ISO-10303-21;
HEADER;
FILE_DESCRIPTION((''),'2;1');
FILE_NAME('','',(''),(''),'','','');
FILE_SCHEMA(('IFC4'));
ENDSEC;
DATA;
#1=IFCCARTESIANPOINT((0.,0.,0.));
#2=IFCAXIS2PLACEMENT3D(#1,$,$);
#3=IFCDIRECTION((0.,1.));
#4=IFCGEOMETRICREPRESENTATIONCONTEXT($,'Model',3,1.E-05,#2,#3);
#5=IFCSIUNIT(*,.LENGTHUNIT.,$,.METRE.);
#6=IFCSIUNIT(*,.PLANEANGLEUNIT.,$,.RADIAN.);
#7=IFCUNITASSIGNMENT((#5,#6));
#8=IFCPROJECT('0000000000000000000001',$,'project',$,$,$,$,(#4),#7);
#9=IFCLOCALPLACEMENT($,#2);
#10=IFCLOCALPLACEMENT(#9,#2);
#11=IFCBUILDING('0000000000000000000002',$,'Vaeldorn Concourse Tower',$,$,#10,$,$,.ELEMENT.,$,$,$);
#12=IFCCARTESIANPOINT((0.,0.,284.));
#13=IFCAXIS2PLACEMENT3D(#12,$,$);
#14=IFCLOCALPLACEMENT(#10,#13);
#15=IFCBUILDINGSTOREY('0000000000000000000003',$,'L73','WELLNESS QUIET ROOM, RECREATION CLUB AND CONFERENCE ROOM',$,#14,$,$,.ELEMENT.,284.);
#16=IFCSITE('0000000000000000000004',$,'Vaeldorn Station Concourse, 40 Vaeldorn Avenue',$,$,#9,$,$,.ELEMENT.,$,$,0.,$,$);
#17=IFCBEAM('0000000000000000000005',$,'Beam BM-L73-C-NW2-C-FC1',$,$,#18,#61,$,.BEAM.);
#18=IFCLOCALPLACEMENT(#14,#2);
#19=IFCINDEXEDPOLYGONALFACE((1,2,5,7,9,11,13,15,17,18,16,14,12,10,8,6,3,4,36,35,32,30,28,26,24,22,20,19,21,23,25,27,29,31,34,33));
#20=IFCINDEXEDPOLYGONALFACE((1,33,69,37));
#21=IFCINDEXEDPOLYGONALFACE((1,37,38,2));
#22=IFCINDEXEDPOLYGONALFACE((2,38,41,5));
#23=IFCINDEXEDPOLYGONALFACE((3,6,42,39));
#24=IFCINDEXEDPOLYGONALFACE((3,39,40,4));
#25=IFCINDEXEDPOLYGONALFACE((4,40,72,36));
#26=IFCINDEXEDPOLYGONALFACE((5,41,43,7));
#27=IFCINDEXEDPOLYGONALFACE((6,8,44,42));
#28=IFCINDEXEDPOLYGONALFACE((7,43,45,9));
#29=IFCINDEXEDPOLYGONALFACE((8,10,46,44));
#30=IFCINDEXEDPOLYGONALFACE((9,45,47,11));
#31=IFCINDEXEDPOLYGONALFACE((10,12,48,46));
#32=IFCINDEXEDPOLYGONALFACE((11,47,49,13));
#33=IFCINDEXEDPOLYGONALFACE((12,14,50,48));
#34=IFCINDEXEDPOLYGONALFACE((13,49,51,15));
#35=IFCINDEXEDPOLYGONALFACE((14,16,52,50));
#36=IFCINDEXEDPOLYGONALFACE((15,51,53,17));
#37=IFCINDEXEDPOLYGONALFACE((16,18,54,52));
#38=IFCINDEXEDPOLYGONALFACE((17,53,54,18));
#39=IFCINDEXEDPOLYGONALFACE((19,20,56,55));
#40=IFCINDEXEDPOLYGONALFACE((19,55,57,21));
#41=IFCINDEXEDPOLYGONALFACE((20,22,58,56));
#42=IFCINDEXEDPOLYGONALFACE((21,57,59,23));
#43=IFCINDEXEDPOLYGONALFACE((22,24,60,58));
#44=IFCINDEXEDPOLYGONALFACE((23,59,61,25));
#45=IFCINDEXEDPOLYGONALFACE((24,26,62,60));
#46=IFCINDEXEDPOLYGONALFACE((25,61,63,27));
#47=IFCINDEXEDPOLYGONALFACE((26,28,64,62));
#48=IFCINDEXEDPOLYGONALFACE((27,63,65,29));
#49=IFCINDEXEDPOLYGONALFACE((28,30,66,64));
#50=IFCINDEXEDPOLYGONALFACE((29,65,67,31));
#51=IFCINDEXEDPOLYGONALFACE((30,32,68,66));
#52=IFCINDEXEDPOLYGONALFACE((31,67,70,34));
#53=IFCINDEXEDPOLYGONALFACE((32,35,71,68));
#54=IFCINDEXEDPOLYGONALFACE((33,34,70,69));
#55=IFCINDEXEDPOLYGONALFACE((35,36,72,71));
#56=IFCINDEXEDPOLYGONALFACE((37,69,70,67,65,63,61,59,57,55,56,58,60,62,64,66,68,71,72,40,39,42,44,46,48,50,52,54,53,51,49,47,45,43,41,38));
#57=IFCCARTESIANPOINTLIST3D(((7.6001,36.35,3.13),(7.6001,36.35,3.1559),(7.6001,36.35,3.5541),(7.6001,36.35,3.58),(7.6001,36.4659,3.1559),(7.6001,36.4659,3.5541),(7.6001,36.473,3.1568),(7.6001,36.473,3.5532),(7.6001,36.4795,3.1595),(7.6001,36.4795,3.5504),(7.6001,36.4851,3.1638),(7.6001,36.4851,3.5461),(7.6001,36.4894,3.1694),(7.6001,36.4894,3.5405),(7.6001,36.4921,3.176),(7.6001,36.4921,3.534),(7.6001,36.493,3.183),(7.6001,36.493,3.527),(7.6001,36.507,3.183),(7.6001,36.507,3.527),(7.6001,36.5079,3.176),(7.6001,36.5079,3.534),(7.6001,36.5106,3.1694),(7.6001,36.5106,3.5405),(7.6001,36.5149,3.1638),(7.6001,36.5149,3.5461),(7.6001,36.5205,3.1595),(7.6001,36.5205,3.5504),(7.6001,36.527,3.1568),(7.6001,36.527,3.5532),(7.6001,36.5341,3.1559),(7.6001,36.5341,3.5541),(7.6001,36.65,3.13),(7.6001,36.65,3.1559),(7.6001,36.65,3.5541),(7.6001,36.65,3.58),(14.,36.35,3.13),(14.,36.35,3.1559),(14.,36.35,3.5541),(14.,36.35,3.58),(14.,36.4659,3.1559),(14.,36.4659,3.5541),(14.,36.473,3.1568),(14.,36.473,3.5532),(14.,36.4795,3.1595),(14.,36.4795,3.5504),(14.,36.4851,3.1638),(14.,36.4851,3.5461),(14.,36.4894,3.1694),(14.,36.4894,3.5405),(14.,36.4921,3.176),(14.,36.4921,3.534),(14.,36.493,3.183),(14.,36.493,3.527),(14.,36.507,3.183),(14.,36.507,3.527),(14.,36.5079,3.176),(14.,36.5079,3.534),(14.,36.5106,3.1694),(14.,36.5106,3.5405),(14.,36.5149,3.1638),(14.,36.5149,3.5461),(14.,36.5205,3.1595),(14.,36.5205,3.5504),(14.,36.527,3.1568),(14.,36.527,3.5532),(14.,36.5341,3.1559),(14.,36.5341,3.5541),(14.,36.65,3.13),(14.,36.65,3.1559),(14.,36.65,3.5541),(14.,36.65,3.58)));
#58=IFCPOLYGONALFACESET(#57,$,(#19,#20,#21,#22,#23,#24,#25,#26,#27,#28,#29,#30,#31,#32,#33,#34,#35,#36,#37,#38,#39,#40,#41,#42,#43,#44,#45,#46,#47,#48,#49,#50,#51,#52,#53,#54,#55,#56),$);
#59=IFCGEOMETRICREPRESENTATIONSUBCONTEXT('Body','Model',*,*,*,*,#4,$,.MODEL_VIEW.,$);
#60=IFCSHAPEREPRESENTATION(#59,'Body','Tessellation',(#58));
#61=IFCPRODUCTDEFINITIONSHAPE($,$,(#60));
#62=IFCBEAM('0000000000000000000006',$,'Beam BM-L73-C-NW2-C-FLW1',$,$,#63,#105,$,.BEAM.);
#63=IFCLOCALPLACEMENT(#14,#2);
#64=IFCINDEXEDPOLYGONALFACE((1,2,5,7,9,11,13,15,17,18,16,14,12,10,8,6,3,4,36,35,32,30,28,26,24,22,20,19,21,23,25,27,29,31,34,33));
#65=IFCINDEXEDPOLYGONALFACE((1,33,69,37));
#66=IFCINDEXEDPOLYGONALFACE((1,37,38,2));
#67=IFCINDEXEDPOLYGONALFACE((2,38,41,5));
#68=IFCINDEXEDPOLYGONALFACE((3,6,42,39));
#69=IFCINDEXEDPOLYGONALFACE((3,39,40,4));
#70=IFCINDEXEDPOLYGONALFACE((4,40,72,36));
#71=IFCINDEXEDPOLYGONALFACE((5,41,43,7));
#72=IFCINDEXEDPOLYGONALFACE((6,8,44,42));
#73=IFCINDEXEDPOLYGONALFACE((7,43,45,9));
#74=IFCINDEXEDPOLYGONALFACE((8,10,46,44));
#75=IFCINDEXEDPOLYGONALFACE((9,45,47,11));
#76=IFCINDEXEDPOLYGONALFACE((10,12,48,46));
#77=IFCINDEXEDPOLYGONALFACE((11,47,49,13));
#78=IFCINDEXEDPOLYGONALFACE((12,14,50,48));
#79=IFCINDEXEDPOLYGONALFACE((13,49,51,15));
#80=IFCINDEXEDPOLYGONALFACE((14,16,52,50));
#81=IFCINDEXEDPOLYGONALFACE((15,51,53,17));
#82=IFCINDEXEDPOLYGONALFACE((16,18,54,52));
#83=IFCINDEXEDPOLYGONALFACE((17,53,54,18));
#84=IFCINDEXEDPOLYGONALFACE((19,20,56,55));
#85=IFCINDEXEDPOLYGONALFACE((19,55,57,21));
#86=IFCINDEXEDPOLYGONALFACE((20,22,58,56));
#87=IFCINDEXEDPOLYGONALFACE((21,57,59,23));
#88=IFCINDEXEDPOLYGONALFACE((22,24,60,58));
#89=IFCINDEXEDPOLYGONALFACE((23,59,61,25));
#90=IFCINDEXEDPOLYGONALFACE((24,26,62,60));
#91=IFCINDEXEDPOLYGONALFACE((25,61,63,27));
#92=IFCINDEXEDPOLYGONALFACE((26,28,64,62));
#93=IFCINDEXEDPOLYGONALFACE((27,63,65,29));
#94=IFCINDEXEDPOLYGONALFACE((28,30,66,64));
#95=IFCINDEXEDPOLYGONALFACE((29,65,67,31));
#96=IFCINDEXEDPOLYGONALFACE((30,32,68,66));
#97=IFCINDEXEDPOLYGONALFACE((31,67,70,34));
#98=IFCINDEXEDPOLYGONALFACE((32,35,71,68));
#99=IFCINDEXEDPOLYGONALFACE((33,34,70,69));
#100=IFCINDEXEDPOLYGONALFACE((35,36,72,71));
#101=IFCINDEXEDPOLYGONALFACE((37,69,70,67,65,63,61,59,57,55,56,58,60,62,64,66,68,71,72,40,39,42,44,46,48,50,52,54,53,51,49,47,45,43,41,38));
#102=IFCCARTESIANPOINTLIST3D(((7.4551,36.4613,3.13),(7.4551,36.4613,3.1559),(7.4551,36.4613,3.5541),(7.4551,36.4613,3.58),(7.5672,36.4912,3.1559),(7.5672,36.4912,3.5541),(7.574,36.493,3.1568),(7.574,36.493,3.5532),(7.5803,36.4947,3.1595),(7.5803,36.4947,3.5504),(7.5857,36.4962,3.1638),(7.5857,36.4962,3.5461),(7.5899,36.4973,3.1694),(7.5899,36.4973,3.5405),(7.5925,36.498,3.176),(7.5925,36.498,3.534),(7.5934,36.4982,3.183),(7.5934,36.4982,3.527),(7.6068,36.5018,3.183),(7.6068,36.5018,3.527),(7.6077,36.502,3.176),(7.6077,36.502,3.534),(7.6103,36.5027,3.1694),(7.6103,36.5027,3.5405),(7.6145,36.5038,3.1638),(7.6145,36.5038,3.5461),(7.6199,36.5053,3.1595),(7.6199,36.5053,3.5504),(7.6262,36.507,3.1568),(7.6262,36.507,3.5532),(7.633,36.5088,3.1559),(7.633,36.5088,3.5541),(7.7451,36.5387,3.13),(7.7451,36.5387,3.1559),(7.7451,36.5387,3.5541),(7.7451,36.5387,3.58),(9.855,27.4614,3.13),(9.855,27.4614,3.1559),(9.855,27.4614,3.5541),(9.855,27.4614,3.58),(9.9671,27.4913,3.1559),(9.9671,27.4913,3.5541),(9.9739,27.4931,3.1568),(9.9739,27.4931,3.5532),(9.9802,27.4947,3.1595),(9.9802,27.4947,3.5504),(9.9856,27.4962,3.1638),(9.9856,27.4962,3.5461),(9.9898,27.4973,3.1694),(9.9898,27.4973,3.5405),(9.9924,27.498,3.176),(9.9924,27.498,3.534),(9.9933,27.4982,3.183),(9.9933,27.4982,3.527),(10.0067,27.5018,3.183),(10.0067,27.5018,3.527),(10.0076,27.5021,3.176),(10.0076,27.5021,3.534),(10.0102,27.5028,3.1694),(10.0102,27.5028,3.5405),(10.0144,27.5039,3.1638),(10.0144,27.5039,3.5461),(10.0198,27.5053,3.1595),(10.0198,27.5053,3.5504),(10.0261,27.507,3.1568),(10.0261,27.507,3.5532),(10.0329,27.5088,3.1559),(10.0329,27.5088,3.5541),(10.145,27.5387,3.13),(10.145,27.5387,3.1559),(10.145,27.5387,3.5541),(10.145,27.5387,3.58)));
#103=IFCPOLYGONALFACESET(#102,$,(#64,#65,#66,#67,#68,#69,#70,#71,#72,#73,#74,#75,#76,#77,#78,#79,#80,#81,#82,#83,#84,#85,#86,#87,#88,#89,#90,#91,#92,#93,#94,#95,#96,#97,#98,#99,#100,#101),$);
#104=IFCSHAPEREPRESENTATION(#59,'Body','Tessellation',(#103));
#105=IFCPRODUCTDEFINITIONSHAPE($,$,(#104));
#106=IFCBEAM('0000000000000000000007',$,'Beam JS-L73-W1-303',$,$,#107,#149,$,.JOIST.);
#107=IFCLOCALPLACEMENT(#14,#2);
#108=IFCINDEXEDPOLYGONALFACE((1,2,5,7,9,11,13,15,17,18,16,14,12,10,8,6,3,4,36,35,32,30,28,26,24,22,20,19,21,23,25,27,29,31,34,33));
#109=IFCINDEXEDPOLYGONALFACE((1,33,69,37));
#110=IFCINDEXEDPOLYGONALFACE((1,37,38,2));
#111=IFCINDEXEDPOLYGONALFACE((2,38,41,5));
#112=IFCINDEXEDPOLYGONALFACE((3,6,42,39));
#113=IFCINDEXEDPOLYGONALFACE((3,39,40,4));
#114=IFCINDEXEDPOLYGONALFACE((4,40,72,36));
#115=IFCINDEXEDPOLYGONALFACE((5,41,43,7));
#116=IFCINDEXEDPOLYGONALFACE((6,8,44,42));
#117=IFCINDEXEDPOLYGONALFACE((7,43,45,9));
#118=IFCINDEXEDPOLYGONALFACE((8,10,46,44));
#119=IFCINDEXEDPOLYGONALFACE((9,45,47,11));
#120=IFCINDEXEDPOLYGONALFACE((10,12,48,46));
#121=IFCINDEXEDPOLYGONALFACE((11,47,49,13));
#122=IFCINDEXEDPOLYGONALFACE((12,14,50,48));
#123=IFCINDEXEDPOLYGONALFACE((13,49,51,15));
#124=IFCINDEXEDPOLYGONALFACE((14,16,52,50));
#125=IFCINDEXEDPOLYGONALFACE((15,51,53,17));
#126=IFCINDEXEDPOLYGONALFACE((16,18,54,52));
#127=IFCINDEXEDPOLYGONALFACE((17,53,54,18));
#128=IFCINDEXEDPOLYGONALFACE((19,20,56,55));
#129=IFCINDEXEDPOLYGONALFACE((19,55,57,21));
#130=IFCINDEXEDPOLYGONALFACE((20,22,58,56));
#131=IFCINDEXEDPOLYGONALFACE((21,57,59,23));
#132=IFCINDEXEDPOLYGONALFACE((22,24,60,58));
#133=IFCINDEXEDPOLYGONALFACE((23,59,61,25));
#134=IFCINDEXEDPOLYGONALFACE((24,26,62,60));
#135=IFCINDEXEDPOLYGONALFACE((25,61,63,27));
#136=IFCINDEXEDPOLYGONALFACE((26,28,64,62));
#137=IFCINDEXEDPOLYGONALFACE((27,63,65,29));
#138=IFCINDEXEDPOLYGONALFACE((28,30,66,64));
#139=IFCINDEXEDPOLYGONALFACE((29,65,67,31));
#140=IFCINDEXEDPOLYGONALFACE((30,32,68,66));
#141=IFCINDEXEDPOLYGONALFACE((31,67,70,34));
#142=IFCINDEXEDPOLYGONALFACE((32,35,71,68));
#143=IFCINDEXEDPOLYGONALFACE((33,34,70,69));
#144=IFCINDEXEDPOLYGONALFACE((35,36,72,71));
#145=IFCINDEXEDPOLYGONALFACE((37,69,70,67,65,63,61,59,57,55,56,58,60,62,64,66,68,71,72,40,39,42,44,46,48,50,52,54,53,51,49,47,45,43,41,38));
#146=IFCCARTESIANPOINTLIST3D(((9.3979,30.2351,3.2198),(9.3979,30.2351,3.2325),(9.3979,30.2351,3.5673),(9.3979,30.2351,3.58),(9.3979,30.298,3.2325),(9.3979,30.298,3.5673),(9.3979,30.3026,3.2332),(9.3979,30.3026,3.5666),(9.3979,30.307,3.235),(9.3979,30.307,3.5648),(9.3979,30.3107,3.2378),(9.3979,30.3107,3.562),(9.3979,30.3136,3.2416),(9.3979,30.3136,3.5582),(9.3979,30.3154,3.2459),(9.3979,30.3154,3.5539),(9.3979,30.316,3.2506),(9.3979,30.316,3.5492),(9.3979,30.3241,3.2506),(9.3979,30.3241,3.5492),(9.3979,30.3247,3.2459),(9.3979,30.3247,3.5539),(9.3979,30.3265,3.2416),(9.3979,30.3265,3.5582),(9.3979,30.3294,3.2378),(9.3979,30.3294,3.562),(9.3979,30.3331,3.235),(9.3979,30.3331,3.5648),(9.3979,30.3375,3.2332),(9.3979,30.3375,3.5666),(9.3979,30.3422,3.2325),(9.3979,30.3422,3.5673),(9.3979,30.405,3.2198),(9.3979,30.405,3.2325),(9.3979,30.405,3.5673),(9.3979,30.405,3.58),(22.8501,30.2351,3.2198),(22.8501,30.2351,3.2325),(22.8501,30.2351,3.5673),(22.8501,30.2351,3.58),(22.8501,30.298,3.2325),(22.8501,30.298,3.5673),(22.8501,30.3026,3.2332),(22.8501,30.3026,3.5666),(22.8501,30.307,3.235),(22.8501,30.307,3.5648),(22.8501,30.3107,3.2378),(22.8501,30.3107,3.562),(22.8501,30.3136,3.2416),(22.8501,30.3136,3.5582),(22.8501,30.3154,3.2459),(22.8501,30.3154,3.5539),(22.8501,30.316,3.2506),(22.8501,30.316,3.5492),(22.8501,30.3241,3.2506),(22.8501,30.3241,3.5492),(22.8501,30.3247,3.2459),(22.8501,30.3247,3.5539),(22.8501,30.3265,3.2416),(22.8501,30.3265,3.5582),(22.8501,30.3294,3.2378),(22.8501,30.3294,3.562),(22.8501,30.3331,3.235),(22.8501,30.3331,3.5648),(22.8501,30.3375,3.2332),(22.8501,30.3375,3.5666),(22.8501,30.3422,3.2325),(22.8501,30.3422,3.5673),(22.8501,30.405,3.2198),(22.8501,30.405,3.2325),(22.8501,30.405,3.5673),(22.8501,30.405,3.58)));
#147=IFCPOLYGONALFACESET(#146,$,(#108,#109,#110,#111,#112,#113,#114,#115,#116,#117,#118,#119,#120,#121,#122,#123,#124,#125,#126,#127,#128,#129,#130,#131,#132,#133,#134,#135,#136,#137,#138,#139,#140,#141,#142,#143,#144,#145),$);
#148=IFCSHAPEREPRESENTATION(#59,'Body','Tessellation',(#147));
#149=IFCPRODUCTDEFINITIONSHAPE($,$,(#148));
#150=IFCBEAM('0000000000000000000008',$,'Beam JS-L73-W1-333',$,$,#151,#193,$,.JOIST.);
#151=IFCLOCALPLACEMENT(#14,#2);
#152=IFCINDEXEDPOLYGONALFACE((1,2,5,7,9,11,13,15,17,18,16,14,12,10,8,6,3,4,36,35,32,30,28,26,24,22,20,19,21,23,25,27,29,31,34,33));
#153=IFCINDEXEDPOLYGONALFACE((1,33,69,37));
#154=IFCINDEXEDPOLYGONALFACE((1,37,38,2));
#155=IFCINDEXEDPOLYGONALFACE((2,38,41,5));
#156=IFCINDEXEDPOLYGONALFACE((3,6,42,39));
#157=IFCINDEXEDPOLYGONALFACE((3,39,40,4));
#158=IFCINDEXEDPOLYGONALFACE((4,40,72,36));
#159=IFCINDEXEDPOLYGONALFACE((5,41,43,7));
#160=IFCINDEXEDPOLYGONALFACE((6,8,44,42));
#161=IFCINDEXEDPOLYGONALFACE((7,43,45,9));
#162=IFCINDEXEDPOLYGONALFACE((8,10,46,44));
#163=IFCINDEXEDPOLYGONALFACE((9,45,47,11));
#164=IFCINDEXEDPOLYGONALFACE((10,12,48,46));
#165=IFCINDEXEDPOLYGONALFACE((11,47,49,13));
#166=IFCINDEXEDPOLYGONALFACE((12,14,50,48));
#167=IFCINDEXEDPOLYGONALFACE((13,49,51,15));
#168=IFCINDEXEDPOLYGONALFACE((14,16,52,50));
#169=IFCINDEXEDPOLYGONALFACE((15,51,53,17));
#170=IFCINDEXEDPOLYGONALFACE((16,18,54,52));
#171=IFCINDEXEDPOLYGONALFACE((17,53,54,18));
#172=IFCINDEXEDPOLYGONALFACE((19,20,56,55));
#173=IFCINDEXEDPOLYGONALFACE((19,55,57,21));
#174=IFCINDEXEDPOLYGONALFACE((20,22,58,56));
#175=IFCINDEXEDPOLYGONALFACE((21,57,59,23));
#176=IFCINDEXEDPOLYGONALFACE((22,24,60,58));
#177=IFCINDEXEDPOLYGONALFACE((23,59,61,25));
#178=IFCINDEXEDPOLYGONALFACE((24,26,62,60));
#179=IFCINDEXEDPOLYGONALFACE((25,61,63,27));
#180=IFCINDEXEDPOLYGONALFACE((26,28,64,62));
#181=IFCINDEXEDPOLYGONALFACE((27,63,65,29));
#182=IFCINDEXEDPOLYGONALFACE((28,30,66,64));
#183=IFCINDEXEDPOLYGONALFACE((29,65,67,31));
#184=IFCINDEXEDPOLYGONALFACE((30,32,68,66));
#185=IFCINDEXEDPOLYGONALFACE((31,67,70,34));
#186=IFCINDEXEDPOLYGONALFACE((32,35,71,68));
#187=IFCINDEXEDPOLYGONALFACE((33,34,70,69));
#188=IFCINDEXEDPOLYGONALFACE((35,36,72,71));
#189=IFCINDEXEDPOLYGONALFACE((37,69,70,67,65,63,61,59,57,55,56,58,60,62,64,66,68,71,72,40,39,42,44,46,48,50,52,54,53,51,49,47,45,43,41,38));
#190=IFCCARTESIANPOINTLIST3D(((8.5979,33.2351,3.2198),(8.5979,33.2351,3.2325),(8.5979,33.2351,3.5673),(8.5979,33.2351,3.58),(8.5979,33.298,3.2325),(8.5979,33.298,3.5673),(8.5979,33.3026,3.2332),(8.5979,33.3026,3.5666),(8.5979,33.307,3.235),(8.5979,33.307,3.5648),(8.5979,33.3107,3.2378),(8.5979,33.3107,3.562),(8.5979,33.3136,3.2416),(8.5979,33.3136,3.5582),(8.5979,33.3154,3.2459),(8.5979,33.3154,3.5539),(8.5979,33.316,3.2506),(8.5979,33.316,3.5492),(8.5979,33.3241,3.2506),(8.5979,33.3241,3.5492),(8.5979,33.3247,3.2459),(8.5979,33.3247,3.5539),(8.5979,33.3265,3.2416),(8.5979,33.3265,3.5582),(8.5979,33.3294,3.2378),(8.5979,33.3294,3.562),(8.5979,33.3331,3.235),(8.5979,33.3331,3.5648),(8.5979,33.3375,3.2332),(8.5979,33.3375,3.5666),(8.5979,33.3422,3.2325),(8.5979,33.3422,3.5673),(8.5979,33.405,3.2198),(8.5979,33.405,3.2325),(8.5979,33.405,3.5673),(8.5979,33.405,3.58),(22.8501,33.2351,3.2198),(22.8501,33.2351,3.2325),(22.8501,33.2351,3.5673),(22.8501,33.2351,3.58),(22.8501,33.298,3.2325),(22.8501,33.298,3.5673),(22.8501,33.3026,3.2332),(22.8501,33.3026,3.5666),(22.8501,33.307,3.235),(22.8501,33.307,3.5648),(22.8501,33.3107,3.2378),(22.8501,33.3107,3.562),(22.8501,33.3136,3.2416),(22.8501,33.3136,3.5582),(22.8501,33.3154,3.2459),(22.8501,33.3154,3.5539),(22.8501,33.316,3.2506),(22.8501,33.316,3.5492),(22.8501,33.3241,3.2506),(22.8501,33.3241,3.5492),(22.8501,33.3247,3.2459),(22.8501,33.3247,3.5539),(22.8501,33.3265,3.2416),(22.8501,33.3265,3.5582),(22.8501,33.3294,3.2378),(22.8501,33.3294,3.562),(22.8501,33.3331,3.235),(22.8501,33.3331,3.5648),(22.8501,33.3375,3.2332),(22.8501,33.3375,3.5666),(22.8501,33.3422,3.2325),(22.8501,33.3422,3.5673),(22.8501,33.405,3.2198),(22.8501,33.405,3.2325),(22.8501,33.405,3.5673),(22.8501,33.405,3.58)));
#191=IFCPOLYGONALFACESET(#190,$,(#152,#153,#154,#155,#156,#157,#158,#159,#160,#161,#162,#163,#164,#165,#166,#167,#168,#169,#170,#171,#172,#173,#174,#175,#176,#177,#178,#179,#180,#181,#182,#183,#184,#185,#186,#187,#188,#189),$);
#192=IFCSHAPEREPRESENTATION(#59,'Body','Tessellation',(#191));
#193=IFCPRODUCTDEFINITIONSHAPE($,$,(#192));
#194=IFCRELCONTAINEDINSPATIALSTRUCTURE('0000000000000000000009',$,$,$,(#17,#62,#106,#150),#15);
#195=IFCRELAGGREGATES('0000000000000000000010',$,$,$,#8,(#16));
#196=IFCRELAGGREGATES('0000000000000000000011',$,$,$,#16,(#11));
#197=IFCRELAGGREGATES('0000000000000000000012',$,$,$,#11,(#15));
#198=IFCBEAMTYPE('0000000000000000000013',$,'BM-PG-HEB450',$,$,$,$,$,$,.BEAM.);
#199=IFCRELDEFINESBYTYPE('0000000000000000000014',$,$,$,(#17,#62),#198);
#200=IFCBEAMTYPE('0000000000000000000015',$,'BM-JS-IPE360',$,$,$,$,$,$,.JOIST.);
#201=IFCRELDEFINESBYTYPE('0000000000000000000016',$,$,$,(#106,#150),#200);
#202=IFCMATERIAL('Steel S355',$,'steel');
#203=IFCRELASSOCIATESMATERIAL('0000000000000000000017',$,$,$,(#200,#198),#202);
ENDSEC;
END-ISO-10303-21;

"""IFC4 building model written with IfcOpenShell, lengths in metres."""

from ifc_helpers import new_model, si_unit, direction, frame, origin, origin_2d, place, context, subcontext, project, spatial, i_section, extrude, source, transform, mapped, material, material_profile, profile_set, type_object, element, save


model = new_model("IFC4")

# Units and contexts
model_context = context("Model", 3, precision=1e-05, world=origin(), true_north=direction((0.0, 1.0)))
body_context = subcontext(model_context, "Body", "Model", "MODEL_VIEW")
ifc_project = project(units=[si_unit("LENGTHUNIT", "METRE"), si_unit("PLANEANGLEUNIT", "RADIAN")], contexts=[model_context])

# Site, building, storey
site_placement = place(None, origin())
site = spatial("IfcSite", under=ifc_project, at=site_placement, Name="Vaeldorn Station Concourse, 40 Vaeldorn Avenue", CompositionType="ELEMENT", RefElevation=0.0)
building_placement = place(site_placement, origin())
building = spatial("IfcBuilding", under=site, at=building_placement, Name="Vaeldorn Concourse Tower", CompositionType="ELEMENT")
storey_placement = place(building_placement, frame((0.0, 0.0, 284.0)))
storey = spatial("IfcBuildingStorey", under=building, at=storey_placement, Name="L73", Description="WELLNESS QUIET ROOM, RECREATION CLUB AND CONFERENCE ROOM", CompositionType="ELEMENT", Elevation=284.0)

# Shared definitions
ifc_material_1 = material(Name="Steel S355", Category="steel")

# Beams
ifc_material_profile_1 = material_profile(ifc_material_1, i_section(OverallWidth=0.1699, OverallDepth=0.3601, WebThickness=0.0081, FlangeThickness=0.0127, FilletRadius=0.0181, at=origin_2d()), Name="IPE 360")
ifc_profile_set_1 = profile_set([ifc_material_profile_1], Name="Steel S355")
beam_type_1 = type_object("IfcBeamType", Name="BM-JS-IPE360", PredefinedType="JOIST", material=ifc_profile_set_1)
ifc_material_profile_2 = material_profile(ifc_material_1, i_section(OverallWidth=0.3, OverallDepth=0.45, WebThickness=0.0139, FlangeThickness=0.0259, FilletRadius=0.0271, at=origin_2d()), Name="HEB 450")
ifc_profile_set_2 = profile_set([ifc_material_profile_2], Name="Steel S355")
beam_type_2 = type_object("IfcBeamType", Name="BM-PG-HEB450", PredefinedType="BEAM", material=ifc_profile_set_2)
shared_shape_1 = source(origin(), body_context, "Body", "SweptSolid", [
    extrude(i_section(OverallWidth=0.3, OverallDepth=0.45, WebThickness=0.0139, FlangeThickness=0.0259, FilletRadius=0.0271, at=origin_2d()), origin(), (0.0, 0.0, 1.0), 6.3999),
])
beam_1_placement = place(storey_placement, frame((7.6001, 36.5, 3.355), z_axis=(1.0, 0.0, 0.0), x_axis=(0.0, 1.0, 0.0)))
element("IfcBeam", 1, at=beam_1_placement, inside=storey, type_object=beam_type_2, Name="Beam BM-L73-C-NW2-C-FC1", PredefinedType="BEAM", context=body_context, shape_type="MappedRepresentation", body=[
    mapped(shared_shape_1, transform((0.0, 0.0, 0.0), scale=1.0)),
])
shared_shape_2 = source(origin(), body_context, "Body", "SweptSolid", [
    extrude(i_section(OverallWidth=0.3, OverallDepth=0.45, WebThickness=0.0139, FlangeThickness=0.0259, FilletRadius=0.0271, at=origin_2d()), origin(), (0.0, 0.0, 1.0), 9.3145),
])
beam_2_placement = place(storey_placement, frame((7.6001, 36.5, 3.355), z_axis=(0.257653, -0.966238, 0.0), x_axis=(0.966238, 0.257653, 0.0)))
element("IfcBeam", 2, at=beam_2_placement, inside=storey, type_object=beam_type_2, Name="Beam BM-L73-C-NW2-C-FLW1", PredefinedType="BEAM", context=body_context, shape_type="MappedRepresentation", body=[
    mapped(shared_shape_2, transform((0.0, 0.0, 0.0), scale=1.0)),
])
shared_shape_3 = source(origin(), body_context, "Body", "SweptSolid", [
    extrude(i_section(OverallWidth=0.1699, OverallDepth=0.3601, WebThickness=0.0081, FlangeThickness=0.0127, FilletRadius=0.0181, at=origin_2d()), origin(), (0.0, 0.0, 1.0), 13.4521),
])
beam_3_placement = place(storey_placement, frame((9.3979, 30.3201, 3.3999), z_axis=(1.0, 0.0, 0.0), x_axis=(0.0, 1.0, 0.0)))
element("IfcBeam", 3, at=beam_3_placement, inside=storey, type_object=beam_type_1, Name="Beam JS-L73-W1-303", PredefinedType="JOIST", context=body_context, shape_type="MappedRepresentation", body=[
    mapped(shared_shape_3, transform((0.0, 0.0, 0.0), scale=1.0)),
])
shared_shape_4 = source(origin(), body_context, "Body", "SweptSolid", [
    extrude(i_section(OverallWidth=0.1699, OverallDepth=0.3601, WebThickness=0.0081, FlangeThickness=0.0127, FilletRadius=0.0181, at=origin_2d()), origin(), (0.0, 0.0, 1.0), 14.2522),
])
beam_4_placement = place(storey_placement, frame((8.5979, 33.3201, 3.3999), z_axis=(1.0, 0.0, 0.0), x_axis=(0.0, 1.0, 0.0)))
element("IfcBeam", 4, at=beam_4_placement, inside=storey, type_object=beam_type_1, Name="Beam JS-L73-W1-333", PredefinedType="JOIST", context=body_context, shape_type="MappedRepresentation", body=[
    mapped(shared_shape_4, transform((0.0, 0.0, 0.0), scale=1.0)),
])

save(model, "model.ifc")
